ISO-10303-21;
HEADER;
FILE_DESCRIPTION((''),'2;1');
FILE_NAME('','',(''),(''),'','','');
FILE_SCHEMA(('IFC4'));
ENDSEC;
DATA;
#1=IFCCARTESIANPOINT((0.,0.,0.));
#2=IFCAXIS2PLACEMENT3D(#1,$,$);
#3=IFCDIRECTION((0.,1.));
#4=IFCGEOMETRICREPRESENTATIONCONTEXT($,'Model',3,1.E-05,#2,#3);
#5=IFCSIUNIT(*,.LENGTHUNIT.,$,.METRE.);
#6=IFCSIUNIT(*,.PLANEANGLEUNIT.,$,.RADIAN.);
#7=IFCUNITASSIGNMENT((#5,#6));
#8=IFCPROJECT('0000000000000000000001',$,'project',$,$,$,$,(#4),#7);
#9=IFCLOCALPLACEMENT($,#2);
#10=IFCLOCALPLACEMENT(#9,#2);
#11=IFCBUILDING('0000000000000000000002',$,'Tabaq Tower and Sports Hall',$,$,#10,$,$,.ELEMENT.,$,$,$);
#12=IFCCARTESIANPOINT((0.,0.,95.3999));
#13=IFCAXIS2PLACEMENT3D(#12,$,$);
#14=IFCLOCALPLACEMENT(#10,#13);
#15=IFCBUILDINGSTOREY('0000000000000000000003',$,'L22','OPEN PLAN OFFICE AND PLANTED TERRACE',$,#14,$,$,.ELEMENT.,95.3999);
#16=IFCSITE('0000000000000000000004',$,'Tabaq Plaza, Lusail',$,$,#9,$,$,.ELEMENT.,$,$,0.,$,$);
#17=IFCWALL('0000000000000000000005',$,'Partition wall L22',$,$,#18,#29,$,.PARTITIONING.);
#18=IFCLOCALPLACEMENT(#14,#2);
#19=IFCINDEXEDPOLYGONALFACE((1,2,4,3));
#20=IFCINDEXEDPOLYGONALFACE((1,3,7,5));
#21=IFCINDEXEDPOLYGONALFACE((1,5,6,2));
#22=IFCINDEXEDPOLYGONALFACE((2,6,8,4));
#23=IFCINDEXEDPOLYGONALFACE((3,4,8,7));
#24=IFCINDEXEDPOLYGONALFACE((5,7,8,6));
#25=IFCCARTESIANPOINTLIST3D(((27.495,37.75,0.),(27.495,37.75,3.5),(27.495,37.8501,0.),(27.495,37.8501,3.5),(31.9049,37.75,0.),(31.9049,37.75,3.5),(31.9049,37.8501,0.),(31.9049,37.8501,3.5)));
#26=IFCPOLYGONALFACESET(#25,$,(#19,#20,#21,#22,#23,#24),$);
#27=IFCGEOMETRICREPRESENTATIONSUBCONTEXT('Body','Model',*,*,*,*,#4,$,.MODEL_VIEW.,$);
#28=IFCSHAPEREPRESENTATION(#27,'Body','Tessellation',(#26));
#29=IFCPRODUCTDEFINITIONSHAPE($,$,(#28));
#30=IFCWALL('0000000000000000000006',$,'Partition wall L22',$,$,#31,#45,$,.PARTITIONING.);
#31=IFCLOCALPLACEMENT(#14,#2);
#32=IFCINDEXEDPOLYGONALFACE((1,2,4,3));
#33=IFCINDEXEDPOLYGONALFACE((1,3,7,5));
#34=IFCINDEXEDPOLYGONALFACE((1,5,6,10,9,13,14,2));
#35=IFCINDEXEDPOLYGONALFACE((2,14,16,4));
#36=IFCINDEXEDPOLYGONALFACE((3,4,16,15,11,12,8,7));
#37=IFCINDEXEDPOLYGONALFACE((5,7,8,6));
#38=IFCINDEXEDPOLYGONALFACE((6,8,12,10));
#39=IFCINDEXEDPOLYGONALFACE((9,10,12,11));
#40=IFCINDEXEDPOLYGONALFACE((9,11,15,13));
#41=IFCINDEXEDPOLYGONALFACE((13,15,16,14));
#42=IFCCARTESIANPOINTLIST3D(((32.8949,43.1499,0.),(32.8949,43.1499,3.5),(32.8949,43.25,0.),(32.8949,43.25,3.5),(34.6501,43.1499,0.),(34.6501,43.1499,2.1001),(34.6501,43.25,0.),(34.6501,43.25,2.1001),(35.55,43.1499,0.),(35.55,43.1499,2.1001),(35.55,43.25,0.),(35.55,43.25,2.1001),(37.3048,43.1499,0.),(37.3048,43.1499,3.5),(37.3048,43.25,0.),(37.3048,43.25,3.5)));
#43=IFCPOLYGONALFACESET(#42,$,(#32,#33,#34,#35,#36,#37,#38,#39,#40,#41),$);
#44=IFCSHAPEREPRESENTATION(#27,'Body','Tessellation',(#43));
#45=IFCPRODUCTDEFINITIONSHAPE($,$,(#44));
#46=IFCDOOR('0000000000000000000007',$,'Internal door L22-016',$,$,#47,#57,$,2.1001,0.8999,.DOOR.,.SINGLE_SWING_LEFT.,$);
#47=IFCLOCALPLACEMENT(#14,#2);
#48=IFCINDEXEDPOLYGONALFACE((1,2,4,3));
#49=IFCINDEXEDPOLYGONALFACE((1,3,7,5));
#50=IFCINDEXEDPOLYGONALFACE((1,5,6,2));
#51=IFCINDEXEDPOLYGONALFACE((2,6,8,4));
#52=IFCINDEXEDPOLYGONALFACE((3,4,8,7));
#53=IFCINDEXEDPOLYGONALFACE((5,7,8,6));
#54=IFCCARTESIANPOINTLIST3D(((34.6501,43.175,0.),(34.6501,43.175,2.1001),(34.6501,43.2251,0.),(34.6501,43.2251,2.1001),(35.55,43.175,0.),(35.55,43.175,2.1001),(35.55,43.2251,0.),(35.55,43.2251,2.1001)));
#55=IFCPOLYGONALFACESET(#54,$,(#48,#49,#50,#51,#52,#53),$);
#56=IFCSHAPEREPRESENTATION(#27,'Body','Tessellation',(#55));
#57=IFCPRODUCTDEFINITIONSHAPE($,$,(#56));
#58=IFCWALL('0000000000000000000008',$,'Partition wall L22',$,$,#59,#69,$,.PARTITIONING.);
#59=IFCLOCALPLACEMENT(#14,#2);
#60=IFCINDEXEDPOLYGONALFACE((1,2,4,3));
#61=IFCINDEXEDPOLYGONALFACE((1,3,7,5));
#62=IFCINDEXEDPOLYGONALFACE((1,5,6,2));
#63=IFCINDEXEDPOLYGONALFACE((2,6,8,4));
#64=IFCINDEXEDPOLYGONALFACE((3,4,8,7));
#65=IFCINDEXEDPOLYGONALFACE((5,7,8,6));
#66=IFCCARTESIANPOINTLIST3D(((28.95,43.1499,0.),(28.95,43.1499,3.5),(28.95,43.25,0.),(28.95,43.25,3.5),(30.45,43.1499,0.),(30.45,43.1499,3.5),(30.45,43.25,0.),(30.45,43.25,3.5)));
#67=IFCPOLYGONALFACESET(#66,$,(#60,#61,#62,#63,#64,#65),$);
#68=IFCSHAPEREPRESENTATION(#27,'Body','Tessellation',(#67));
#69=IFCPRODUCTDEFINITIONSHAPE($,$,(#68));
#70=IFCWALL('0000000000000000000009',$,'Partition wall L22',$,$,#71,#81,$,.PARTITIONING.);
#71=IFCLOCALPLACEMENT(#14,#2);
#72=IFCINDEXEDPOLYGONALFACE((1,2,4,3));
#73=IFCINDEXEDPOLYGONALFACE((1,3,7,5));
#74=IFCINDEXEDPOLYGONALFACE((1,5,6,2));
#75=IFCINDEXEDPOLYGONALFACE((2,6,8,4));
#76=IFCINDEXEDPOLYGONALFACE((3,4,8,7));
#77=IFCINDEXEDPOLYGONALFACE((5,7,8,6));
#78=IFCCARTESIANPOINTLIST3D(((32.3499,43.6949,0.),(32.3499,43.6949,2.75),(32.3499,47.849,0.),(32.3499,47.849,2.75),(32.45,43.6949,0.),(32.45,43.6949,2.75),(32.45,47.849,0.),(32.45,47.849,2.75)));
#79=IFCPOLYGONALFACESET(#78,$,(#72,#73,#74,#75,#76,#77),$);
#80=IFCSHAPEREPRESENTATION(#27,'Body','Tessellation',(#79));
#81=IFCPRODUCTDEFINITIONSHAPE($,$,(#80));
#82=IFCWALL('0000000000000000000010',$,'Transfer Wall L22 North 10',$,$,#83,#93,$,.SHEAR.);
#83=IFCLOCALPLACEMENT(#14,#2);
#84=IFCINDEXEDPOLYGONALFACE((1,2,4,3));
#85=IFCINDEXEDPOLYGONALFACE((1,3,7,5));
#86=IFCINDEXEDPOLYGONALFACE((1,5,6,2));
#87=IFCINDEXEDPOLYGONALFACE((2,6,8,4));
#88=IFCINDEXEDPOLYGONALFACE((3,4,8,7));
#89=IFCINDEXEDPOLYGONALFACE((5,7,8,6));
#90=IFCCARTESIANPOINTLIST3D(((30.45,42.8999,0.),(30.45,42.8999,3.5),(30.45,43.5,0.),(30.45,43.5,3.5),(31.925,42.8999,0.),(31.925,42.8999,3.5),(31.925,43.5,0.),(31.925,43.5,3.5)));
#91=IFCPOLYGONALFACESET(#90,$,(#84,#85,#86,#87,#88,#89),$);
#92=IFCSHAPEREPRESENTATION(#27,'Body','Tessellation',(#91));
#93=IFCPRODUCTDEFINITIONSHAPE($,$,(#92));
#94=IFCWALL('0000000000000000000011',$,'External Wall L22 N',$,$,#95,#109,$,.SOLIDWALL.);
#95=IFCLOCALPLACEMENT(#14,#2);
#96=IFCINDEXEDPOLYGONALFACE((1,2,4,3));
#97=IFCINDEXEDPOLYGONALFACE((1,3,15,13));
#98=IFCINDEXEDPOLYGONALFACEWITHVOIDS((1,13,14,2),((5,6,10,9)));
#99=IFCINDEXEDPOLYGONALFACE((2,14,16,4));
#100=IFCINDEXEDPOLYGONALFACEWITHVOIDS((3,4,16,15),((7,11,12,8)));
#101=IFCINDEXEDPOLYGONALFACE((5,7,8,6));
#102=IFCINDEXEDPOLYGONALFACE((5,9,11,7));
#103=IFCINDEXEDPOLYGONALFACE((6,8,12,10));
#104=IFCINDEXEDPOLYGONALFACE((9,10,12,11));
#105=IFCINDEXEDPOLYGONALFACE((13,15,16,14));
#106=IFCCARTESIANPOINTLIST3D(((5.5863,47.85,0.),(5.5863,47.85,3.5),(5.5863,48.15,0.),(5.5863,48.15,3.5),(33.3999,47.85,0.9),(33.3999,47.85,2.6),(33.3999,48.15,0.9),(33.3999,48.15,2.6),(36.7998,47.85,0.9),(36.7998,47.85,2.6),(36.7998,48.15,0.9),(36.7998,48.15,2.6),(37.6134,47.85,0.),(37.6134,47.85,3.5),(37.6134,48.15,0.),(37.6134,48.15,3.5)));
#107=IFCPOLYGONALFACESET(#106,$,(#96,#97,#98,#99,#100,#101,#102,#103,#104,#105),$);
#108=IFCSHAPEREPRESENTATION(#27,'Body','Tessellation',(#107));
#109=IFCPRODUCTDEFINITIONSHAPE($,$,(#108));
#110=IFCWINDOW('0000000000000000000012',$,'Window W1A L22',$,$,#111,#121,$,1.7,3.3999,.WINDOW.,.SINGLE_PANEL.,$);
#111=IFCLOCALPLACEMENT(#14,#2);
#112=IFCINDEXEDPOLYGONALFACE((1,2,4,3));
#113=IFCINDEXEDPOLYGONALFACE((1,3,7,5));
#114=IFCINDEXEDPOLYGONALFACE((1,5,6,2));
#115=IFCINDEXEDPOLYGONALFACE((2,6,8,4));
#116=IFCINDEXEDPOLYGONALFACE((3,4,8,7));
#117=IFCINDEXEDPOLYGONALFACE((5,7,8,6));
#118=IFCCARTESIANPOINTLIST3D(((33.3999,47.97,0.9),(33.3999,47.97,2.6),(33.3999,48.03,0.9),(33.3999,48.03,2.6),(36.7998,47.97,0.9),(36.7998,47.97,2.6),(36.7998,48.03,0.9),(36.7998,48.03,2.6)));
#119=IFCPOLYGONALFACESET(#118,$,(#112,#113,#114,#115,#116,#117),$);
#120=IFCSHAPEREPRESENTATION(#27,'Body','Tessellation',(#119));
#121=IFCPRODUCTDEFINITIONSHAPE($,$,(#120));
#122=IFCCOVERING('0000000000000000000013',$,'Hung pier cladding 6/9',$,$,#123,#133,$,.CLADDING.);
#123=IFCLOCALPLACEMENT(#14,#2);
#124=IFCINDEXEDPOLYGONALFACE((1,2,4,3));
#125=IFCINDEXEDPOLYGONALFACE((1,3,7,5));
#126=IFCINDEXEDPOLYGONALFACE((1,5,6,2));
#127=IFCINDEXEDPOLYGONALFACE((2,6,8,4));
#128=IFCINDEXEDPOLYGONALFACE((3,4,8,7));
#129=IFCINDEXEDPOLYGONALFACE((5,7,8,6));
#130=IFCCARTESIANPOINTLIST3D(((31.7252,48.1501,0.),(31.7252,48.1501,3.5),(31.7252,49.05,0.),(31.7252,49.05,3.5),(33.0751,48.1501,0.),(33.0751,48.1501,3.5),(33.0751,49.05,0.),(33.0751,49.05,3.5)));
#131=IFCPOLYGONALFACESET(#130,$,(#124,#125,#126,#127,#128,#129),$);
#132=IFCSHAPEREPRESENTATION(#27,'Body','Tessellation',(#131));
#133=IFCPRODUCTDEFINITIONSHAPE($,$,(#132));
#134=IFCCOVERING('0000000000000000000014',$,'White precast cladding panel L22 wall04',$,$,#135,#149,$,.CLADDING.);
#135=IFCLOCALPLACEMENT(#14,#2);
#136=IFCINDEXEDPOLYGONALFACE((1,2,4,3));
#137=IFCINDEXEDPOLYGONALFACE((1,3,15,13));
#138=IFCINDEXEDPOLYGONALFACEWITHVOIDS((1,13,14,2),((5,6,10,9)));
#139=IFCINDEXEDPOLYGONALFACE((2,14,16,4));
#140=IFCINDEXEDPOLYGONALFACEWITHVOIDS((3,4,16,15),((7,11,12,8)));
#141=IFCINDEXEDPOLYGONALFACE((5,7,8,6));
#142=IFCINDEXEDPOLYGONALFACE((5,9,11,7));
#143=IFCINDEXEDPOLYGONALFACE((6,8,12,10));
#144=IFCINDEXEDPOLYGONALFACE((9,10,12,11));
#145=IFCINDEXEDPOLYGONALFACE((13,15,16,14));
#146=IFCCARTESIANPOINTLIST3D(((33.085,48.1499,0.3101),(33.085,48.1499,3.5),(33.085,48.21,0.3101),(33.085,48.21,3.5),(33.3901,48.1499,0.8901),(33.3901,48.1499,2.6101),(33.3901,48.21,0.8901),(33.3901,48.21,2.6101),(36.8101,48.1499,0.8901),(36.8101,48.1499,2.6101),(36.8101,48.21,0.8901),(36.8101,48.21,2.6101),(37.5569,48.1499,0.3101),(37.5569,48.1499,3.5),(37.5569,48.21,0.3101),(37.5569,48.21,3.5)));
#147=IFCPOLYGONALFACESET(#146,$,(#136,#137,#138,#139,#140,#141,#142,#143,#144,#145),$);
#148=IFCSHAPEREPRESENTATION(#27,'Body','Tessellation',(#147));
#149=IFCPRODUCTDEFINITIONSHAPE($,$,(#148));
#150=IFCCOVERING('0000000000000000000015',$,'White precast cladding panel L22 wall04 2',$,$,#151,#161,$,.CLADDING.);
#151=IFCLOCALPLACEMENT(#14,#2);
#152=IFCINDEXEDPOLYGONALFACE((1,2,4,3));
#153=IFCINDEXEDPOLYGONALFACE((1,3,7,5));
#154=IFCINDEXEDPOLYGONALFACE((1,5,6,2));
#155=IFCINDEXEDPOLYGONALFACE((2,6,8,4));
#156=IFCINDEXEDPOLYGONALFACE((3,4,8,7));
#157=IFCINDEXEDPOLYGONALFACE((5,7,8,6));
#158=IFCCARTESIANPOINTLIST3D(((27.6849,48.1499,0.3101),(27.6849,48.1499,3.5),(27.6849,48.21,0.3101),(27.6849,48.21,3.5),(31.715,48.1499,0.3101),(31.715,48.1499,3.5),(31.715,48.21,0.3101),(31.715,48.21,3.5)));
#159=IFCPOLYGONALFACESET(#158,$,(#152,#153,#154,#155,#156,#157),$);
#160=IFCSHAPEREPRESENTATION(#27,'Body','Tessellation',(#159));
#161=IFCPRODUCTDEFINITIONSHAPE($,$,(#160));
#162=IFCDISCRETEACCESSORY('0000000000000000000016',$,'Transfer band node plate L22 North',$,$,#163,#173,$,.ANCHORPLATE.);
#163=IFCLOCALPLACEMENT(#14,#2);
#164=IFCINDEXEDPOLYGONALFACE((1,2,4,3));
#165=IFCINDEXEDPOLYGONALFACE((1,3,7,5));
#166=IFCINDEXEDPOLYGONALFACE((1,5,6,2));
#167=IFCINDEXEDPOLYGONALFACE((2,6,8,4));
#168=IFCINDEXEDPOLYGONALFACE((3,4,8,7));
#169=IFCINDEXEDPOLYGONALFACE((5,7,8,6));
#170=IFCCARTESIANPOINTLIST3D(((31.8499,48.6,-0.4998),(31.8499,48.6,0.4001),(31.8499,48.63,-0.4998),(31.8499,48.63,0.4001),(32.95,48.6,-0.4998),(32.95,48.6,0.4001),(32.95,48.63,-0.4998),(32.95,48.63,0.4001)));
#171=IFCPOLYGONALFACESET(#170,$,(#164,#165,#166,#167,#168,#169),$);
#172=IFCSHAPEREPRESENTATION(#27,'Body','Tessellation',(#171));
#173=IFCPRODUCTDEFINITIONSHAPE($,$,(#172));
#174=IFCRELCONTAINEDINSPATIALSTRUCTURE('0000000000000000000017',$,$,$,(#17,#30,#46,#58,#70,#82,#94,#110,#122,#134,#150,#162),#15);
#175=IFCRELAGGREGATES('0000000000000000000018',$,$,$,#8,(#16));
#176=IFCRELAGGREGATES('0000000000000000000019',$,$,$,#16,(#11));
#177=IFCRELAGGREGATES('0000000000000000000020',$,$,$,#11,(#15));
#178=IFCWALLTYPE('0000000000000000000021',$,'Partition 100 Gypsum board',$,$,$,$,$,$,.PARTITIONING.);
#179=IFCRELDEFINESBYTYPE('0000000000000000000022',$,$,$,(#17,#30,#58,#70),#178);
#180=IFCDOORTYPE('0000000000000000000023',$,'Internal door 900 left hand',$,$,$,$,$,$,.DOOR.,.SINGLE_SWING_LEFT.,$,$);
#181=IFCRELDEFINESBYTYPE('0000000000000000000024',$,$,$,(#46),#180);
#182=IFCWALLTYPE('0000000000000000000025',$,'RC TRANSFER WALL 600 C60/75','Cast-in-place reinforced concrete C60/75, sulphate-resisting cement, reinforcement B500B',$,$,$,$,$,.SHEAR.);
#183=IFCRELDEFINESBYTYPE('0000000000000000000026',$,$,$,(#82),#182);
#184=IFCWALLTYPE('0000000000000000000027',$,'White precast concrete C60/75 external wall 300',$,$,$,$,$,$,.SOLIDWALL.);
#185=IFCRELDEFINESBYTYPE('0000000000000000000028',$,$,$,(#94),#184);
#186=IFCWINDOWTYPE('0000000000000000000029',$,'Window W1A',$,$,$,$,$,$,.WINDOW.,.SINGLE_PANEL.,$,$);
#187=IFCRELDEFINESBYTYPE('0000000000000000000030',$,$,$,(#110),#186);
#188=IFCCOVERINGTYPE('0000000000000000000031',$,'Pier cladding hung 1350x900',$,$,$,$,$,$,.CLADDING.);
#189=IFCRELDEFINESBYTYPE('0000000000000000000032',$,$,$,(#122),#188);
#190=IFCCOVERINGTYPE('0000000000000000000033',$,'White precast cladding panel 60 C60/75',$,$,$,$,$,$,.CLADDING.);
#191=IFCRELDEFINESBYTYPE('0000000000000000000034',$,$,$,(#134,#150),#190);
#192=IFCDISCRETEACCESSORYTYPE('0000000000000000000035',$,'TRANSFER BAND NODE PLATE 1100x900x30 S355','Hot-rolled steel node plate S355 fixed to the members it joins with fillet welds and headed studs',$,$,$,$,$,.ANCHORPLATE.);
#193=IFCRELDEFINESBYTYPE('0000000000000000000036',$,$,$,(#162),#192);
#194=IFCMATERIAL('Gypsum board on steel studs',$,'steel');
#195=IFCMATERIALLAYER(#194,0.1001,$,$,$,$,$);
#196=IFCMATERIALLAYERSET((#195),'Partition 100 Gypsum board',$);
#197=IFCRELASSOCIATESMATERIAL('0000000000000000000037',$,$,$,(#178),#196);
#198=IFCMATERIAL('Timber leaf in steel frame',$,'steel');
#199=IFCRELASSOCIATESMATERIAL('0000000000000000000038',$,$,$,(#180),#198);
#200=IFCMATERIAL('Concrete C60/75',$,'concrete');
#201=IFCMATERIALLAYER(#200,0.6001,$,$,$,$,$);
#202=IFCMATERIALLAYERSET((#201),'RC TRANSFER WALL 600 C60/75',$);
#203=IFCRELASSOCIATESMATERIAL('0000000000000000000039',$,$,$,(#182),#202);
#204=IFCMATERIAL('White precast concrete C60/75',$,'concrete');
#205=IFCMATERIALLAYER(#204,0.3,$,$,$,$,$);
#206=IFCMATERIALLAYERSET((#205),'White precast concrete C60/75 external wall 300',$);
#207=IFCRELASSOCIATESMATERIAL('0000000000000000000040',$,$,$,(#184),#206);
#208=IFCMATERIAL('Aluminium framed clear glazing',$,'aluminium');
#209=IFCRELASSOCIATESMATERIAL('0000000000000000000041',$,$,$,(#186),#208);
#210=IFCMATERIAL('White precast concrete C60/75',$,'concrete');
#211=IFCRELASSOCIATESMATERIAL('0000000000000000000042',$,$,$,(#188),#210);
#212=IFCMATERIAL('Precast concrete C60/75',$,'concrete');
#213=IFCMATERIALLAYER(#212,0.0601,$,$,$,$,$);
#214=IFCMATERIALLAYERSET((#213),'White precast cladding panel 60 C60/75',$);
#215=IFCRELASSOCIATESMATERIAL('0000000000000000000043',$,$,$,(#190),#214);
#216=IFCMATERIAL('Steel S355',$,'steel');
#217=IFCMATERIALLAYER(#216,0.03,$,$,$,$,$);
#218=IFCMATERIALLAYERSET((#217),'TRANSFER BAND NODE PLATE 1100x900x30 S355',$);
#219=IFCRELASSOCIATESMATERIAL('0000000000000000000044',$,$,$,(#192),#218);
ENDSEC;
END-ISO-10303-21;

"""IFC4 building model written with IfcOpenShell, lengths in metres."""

from ifc_helpers import new_model, si_unit, direction, frame, frame_2d, origin, origin_2d, place, context, subcontext, project, spatial, polyline, rectangle, outline, extrude, material, layer, layer_set, type_object, element, fill, save


model = new_model("IFC4")

# Units and contexts
model_context = context("Model", 3, precision=1e-05, world=origin(), true_north=direction((0.0, 1.0)))
body_context = subcontext(model_context, "Body", "Model", "MODEL_VIEW")
ifc_project = project(units=[si_unit("LENGTHUNIT", "METRE"), si_unit("PLANEANGLEUNIT", "RADIAN")], contexts=[model_context])

# Site, building, storey
site_placement = place(None, origin())
site = spatial("IfcSite", under=ifc_project, at=site_placement, Name="Tabaq Plaza, Lusail", CompositionType="ELEMENT", RefElevation=0.0)
building_placement = place(site_placement, origin())
building = spatial("IfcBuilding", under=site, at=building_placement, Name="Tabaq Tower and Sports Hall", CompositionType="ELEMENT")
storey_placement = place(building_placement, frame((0.0, 0.0, 95.3999)))
storey = spatial("IfcBuildingStorey", under=building, at=storey_placement, Name="L22", Description="OPEN PLAN OFFICE AND PLANTED TERRACE", CompositionType="ELEMENT", Elevation=95.3999)

# Shared definitions
ifc_material_1 = material(Name="Gypsum board on steel studs", Category="steel")
ifc_layer_1 = layer(ifc_material_1, 0.1001)
ifc_layer_set_1 = layer_set([ifc_layer_1], Name="Partition 100 Gypsum board")
wall_type_1 = type_object("IfcWallType", Name="Partition 100 Gypsum board", PredefinedType="PARTITIONING", material=ifc_layer_set_1)

# Shared definitions
ifc_material_2 = material(Name="Timber leaf in steel frame", Category="steel")
door_type = type_object("IfcDoorType", Name="Internal door 900 left hand", OperationType="SINGLE_SWING_LEFT", PredefinedType="DOOR", material=ifc_material_2)

# Wall
wall_1_placement = place(storey_placement, frame((31.905, 37.8, 0.0), z_axis=(0.0, 0.0, 1.0), x_axis=(-1.0, 0.0, 0.0)))
element("IfcWall", 1, at=wall_1_placement, inside=storey, type_object=wall_type_1, Name="Partition wall L22", PredefinedType="PARTITIONING", context=body_context, shape_type="SweptSolid", body=[
    extrude(rectangle(XDim=4.4099, YDim=0.1001, at=frame_2d((2.2051, 0.0))), origin(), (0.0, 0.0, 1.0), 3.5),
])

# Wall, opening, door
wall_2_placement = place(storey_placement, frame((37.3049, 43.2, 0.0), z_axis=(0.0, 0.0, 1.0), x_axis=(-1.0, 0.0, 0.0)))
wall_2 = element("IfcWall", 2, at=wall_2_placement, inside=storey, type_object=wall_type_1, Name="Partition wall L22", PredefinedType="PARTITIONING", context=body_context, shape_type="SweptSolid", body=[
    extrude(rectangle(XDim=4.4099, YDim=0.1001, at=frame_2d((2.2051, 0.0))), origin(), (0.0, 0.0, 1.0), 3.5),
])
opening_1_placement = place(wall_2_placement, frame((1.7549, 0.0, 0.0)))
opening_1 = element("IfcOpeningElement", 3, at=opening_1_placement, cuts=wall_2, PredefinedType="OPENING", context=body_context, shape_type="SweptSolid", body=[
    extrude(rectangle(XDim=0.8999, YDim=2.1001, at=frame_2d((0.45, 1.05))), frame((0.0, 0.05, 0.0), z_axis=(0.0, -1.0, 0.0), x_axis=(1.0, 0.0, 0.0)), (0.0, 0.0, 1.0), 0.1001),
])
door_1_placement = place(opening_1_placement, origin())
door_1 = element("IfcDoor", 4, at=door_1_placement, inside=storey, type_object=door_type, Name="Internal door L22-016", OperationType="SINGLE_SWING_LEFT", OverallHeight=2.1001, OverallWidth=0.8999, PredefinedType="DOOR", context=body_context, shape_type="SweptSolid", body=[
    extrude(rectangle(XDim=0.8999, YDim=2.1001, at=frame_2d((0.45, 1.05))), frame((0.0, 0.0249, 0.0), z_axis=(0.0, -1.0, 0.0), x_axis=(1.0, 0.0, 0.0)), (0.0, 0.0, 1.0), 0.05),
])
fill(opening_1, door_1)

# Walls
wall_3_placement = place(storey_placement, frame((30.45, 43.2, 0.0), z_axis=(0.0, 0.0, 1.0), x_axis=(-1.0, 0.0, 0.0)))
element("IfcWall", 5, at=wall_3_placement, inside=storey, type_object=wall_type_1, Name="Partition wall L22", PredefinedType="PARTITIONING", context=body_context, shape_type="SweptSolid", body=[
    extrude(rectangle(XDim=1.5, YDim=0.1001, at=frame_2d((0.75, 0.0))), origin(), (0.0, 0.0, 1.0), 3.5),
])
wall_4_placement = place(storey_placement, frame((32.3999, 47.8491, 0.0), z_axis=(0.0, 0.0, 1.0), x_axis=(0.0, -1.0, 0.0)))
element("IfcWall", 6, at=wall_4_placement, inside=storey, type_object=wall_type_1, Name="Partition wall L22", PredefinedType="PARTITIONING", context=body_context, shape_type="SweptSolid", body=[
    extrude(rectangle(XDim=4.1541, YDim=0.1001, at=frame_2d((2.0771, 0.0))), origin(), (0.0, 0.0, 1.0), 2.75),
])
ifc_material_3 = material(Name="Concrete C60/75", Category="concrete")
ifc_layer_2 = layer(ifc_material_3, 0.6001)
ifc_layer_set_2 = layer_set([ifc_layer_2], Name="RC TRANSFER WALL 600 C60/75")
wall_type_2 = type_object("IfcWallType", Name="RC TRANSFER WALL 600 C60/75", Description="Cast-in-place reinforced concrete C60/75, sulphate-resisting cement, reinforcement B500B", PredefinedType="SHEAR", material=ifc_layer_set_2)
wall_5_placement = place(storey_placement, frame((30.45, 43.2, 0.0), z_axis=(0.0, 0.0, 1.0), x_axis=(1.0, 0.0, 0.0)))
element("IfcWall", 7, at=wall_5_placement, inside=storey, type_object=wall_type_2, Name="Transfer Wall L22 North 10", PredefinedType="SHEAR", context=body_context, shape_type="SweptSolid", body=[
    extrude(rectangle(XDim=1.4751, YDim=0.6001, at=frame_2d((0.7375, 0.0))), origin(), (0.0, 0.0, 1.0), 3.5),
])

# Wall, opening, window
ifc_material_4 = material(Name="White precast concrete C60/75", Category="concrete")
ifc_layer_3 = layer(ifc_material_4, 0.3)
ifc_layer_set_3 = layer_set([ifc_layer_3], Name="White precast concrete C60/75 external wall 300")
wall_type_3 = type_object("IfcWallType", Name="White precast concrete C60/75 external wall 300", PredefinedType="SOLIDWALL", material=ifc_layer_set_3)
wall_6_placement = place(storey_placement, frame((37.6135, 48.0, 0.0), z_axis=(0.0, 0.0, 1.0), x_axis=(-1.0, 0.0, 0.0)))
wall_6 = element("IfcWall", 8, at=wall_6_placement, inside=storey, type_object=wall_type_3, Name="External Wall L22 N", PredefinedType="SOLIDWALL", context=body_context, shape_type="SweptSolid", body=[
    extrude(rectangle(XDim=32.0271, YDim=0.3, at=frame_2d((16.0137, 0.0))), origin(), (0.0, 0.0, 1.0), 3.5),
])
opening_2_placement = place(wall_6_placement, frame((0.8137, 0.0, 0.8999)))
opening_2 = element("IfcOpeningElement", 9, at=opening_2_placement, cuts=wall_6, PredefinedType="OPENING", context=body_context, shape_type="SweptSolid", body=[
    extrude(rectangle(XDim=3.3999, YDim=1.7, at=frame_2d((1.7, 0.8501))), frame((0.0, 0.1602, 0.0), z_axis=(0.0, -1.0, 0.0), x_axis=(1.0, 0.0, 0.0)), (0.0, 0.0, 1.0), 0.3201),
])
ifc_material_5 = material(Name="Aluminium framed clear glazing", Category="aluminium")
window_type = type_object("IfcWindowType", Name="Window W1A", PartitioningType="SINGLE_PANEL", PredefinedType="WINDOW", material=ifc_material_5)
window_placement = place(opening_2_placement, origin())
window = element("IfcWindow", 10, at=window_placement, inside=storey, type_object=window_type, Name="Window W1A L22", OverallHeight=1.7, OverallWidth=3.3999, PartitioningType="SINGLE_PANEL", PredefinedType="WINDOW", context=body_context, shape_type="SweptSolid", body=[
    extrude(rectangle(XDim=3.3999, YDim=1.7, at=frame_2d((1.7, 0.8501))), frame((0.0, 0.03, 0.0), z_axis=(0.0, -1.0, 0.0), x_axis=(1.0, 0.0, 0.0)), (0.0, 0.0, 1.0), 0.0601),
])
fill(opening_2, window)

# Coverings
ifc_material_6 = material(Name="White precast concrete C60/75", Category="concrete")
covering_type_1 = type_object("IfcCoveringType", Name="Pier cladding hung 1350x900", PredefinedType="CLADDING", material=ifc_material_6)
covering_1_placement = place(storey_placement, frame((33.075, 48.6001, 0.0), z_axis=(0.0, 0.0, 1.0), x_axis=(-1.0, 0.0, 0.0)))
element("IfcCovering", 11, at=covering_1_placement, inside=storey, type_object=covering_type_1, Name="Hung pier cladding 6/9", PredefinedType="CLADDING", context=body_context, shape_type="SweptSolid", body=[
    extrude(rectangle(XDim=1.3499, YDim=0.8999, at=frame_2d((0.6748, 0.0))), origin(), (0.0, 0.0, 1.0), 3.5),
])
ifc_material_7 = material(Name="Precast concrete C60/75", Category="concrete")
ifc_layer_4 = layer(ifc_material_7, 0.0601)
ifc_layer_set_4 = layer_set([ifc_layer_4], Name="White precast cladding panel 60 C60/75")
covering_type_2 = type_object("IfcCoveringType", Name="White precast cladding panel 60 C60/75", PredefinedType="CLADDING", material=ifc_layer_set_4)
covering_2_placement = place(storey_placement, frame((37.5569, 48.1799, 0.3101), z_axis=(0.0, 0.0, 1.0), x_axis=(-1.0, 0.0, 0.0)))
element("IfcCovering", 12, at=covering_2_placement, inside=storey, type_object=covering_type_2, Name="White precast cladding panel L22 wall04", PredefinedType="CLADDING", context=body_context, shape_type="SweptSolid", body=[
    extrude(outline(polyline([(0.0, 0.0), (4.4719, 0.0), (4.4719, 3.1899), (0.0, 3.1899), (0.0, 0.0)]), holes=[polyline([(0.7468, 0.5801), (0.7468, 2.3), (4.1667, 2.3), (4.1667, 0.5801), (0.7468, 0.5801)])]), frame((0.0, 0.03, 0.0), z_axis=(0.0, -1.0, 0.0), x_axis=(1.0, 0.0, 0.0)), (0.0, 0.0, 1.0), 0.0601),
])
covering_3_placement = place(storey_placement, frame((31.7151, 48.1799, 0.3101), z_axis=(0.0, 0.0, 1.0), x_axis=(-1.0, 0.0, 0.0)))
element("IfcCovering", 13, at=covering_3_placement, inside=storey, type_object=covering_type_2, Name="White precast cladding panel L22 wall04 2", PredefinedType="CLADDING", context=body_context, shape_type="SweptSolid", body=[
    extrude(rectangle(XDim=4.03, YDim=0.0601, at=frame_2d((2.0151, 0.0))), origin(), (0.0, 0.0, 1.0), 3.1899),
])

# Discrete accessory
ifc_material_8 = material(Name="Steel S355", Category="steel")
ifc_layer_5 = layer(ifc_material_8, 0.03)
ifc_layer_set_5 = layer_set([ifc_layer_5], Name="TRANSFER BAND NODE PLATE 1100x900x30 S355")
discrete_accessory_type_1 = type_object("IfcDiscreteAccessoryType", Name="TRANSFER BAND NODE PLATE 1100x900x30 S355", Description="Hot-rolled steel node plate S355 fixed to the members it joins with fillet welds and headed studs", PredefinedType="ANCHORPLATE", material=ifc_layer_set_5)
for number, where, z_axis, x_axis, name in (
    (14, (32.3999, 48.615, -0.4998), (0.0, 0.0, 1.0), (-1.0, 0.0, 0.0), "Transfer band node plate L22 North"),
):
    element("IfcDiscreteAccessory", number, at=place(storey_placement, frame(where, z_axis=z_axis, x_axis=x_axis)), inside=storey, type_object=discrete_accessory_type_1, Name=name, PredefinedType="ANCHORPLATE", context=body_context, shape_type="SweptSolid", body=[
        extrude(rectangle(XDim=1.1001, YDim=0.03, at=origin_2d()), origin(), (0.0, 0.0, 1.0), 0.8999),
    ])

save(model, "model.ifc")
